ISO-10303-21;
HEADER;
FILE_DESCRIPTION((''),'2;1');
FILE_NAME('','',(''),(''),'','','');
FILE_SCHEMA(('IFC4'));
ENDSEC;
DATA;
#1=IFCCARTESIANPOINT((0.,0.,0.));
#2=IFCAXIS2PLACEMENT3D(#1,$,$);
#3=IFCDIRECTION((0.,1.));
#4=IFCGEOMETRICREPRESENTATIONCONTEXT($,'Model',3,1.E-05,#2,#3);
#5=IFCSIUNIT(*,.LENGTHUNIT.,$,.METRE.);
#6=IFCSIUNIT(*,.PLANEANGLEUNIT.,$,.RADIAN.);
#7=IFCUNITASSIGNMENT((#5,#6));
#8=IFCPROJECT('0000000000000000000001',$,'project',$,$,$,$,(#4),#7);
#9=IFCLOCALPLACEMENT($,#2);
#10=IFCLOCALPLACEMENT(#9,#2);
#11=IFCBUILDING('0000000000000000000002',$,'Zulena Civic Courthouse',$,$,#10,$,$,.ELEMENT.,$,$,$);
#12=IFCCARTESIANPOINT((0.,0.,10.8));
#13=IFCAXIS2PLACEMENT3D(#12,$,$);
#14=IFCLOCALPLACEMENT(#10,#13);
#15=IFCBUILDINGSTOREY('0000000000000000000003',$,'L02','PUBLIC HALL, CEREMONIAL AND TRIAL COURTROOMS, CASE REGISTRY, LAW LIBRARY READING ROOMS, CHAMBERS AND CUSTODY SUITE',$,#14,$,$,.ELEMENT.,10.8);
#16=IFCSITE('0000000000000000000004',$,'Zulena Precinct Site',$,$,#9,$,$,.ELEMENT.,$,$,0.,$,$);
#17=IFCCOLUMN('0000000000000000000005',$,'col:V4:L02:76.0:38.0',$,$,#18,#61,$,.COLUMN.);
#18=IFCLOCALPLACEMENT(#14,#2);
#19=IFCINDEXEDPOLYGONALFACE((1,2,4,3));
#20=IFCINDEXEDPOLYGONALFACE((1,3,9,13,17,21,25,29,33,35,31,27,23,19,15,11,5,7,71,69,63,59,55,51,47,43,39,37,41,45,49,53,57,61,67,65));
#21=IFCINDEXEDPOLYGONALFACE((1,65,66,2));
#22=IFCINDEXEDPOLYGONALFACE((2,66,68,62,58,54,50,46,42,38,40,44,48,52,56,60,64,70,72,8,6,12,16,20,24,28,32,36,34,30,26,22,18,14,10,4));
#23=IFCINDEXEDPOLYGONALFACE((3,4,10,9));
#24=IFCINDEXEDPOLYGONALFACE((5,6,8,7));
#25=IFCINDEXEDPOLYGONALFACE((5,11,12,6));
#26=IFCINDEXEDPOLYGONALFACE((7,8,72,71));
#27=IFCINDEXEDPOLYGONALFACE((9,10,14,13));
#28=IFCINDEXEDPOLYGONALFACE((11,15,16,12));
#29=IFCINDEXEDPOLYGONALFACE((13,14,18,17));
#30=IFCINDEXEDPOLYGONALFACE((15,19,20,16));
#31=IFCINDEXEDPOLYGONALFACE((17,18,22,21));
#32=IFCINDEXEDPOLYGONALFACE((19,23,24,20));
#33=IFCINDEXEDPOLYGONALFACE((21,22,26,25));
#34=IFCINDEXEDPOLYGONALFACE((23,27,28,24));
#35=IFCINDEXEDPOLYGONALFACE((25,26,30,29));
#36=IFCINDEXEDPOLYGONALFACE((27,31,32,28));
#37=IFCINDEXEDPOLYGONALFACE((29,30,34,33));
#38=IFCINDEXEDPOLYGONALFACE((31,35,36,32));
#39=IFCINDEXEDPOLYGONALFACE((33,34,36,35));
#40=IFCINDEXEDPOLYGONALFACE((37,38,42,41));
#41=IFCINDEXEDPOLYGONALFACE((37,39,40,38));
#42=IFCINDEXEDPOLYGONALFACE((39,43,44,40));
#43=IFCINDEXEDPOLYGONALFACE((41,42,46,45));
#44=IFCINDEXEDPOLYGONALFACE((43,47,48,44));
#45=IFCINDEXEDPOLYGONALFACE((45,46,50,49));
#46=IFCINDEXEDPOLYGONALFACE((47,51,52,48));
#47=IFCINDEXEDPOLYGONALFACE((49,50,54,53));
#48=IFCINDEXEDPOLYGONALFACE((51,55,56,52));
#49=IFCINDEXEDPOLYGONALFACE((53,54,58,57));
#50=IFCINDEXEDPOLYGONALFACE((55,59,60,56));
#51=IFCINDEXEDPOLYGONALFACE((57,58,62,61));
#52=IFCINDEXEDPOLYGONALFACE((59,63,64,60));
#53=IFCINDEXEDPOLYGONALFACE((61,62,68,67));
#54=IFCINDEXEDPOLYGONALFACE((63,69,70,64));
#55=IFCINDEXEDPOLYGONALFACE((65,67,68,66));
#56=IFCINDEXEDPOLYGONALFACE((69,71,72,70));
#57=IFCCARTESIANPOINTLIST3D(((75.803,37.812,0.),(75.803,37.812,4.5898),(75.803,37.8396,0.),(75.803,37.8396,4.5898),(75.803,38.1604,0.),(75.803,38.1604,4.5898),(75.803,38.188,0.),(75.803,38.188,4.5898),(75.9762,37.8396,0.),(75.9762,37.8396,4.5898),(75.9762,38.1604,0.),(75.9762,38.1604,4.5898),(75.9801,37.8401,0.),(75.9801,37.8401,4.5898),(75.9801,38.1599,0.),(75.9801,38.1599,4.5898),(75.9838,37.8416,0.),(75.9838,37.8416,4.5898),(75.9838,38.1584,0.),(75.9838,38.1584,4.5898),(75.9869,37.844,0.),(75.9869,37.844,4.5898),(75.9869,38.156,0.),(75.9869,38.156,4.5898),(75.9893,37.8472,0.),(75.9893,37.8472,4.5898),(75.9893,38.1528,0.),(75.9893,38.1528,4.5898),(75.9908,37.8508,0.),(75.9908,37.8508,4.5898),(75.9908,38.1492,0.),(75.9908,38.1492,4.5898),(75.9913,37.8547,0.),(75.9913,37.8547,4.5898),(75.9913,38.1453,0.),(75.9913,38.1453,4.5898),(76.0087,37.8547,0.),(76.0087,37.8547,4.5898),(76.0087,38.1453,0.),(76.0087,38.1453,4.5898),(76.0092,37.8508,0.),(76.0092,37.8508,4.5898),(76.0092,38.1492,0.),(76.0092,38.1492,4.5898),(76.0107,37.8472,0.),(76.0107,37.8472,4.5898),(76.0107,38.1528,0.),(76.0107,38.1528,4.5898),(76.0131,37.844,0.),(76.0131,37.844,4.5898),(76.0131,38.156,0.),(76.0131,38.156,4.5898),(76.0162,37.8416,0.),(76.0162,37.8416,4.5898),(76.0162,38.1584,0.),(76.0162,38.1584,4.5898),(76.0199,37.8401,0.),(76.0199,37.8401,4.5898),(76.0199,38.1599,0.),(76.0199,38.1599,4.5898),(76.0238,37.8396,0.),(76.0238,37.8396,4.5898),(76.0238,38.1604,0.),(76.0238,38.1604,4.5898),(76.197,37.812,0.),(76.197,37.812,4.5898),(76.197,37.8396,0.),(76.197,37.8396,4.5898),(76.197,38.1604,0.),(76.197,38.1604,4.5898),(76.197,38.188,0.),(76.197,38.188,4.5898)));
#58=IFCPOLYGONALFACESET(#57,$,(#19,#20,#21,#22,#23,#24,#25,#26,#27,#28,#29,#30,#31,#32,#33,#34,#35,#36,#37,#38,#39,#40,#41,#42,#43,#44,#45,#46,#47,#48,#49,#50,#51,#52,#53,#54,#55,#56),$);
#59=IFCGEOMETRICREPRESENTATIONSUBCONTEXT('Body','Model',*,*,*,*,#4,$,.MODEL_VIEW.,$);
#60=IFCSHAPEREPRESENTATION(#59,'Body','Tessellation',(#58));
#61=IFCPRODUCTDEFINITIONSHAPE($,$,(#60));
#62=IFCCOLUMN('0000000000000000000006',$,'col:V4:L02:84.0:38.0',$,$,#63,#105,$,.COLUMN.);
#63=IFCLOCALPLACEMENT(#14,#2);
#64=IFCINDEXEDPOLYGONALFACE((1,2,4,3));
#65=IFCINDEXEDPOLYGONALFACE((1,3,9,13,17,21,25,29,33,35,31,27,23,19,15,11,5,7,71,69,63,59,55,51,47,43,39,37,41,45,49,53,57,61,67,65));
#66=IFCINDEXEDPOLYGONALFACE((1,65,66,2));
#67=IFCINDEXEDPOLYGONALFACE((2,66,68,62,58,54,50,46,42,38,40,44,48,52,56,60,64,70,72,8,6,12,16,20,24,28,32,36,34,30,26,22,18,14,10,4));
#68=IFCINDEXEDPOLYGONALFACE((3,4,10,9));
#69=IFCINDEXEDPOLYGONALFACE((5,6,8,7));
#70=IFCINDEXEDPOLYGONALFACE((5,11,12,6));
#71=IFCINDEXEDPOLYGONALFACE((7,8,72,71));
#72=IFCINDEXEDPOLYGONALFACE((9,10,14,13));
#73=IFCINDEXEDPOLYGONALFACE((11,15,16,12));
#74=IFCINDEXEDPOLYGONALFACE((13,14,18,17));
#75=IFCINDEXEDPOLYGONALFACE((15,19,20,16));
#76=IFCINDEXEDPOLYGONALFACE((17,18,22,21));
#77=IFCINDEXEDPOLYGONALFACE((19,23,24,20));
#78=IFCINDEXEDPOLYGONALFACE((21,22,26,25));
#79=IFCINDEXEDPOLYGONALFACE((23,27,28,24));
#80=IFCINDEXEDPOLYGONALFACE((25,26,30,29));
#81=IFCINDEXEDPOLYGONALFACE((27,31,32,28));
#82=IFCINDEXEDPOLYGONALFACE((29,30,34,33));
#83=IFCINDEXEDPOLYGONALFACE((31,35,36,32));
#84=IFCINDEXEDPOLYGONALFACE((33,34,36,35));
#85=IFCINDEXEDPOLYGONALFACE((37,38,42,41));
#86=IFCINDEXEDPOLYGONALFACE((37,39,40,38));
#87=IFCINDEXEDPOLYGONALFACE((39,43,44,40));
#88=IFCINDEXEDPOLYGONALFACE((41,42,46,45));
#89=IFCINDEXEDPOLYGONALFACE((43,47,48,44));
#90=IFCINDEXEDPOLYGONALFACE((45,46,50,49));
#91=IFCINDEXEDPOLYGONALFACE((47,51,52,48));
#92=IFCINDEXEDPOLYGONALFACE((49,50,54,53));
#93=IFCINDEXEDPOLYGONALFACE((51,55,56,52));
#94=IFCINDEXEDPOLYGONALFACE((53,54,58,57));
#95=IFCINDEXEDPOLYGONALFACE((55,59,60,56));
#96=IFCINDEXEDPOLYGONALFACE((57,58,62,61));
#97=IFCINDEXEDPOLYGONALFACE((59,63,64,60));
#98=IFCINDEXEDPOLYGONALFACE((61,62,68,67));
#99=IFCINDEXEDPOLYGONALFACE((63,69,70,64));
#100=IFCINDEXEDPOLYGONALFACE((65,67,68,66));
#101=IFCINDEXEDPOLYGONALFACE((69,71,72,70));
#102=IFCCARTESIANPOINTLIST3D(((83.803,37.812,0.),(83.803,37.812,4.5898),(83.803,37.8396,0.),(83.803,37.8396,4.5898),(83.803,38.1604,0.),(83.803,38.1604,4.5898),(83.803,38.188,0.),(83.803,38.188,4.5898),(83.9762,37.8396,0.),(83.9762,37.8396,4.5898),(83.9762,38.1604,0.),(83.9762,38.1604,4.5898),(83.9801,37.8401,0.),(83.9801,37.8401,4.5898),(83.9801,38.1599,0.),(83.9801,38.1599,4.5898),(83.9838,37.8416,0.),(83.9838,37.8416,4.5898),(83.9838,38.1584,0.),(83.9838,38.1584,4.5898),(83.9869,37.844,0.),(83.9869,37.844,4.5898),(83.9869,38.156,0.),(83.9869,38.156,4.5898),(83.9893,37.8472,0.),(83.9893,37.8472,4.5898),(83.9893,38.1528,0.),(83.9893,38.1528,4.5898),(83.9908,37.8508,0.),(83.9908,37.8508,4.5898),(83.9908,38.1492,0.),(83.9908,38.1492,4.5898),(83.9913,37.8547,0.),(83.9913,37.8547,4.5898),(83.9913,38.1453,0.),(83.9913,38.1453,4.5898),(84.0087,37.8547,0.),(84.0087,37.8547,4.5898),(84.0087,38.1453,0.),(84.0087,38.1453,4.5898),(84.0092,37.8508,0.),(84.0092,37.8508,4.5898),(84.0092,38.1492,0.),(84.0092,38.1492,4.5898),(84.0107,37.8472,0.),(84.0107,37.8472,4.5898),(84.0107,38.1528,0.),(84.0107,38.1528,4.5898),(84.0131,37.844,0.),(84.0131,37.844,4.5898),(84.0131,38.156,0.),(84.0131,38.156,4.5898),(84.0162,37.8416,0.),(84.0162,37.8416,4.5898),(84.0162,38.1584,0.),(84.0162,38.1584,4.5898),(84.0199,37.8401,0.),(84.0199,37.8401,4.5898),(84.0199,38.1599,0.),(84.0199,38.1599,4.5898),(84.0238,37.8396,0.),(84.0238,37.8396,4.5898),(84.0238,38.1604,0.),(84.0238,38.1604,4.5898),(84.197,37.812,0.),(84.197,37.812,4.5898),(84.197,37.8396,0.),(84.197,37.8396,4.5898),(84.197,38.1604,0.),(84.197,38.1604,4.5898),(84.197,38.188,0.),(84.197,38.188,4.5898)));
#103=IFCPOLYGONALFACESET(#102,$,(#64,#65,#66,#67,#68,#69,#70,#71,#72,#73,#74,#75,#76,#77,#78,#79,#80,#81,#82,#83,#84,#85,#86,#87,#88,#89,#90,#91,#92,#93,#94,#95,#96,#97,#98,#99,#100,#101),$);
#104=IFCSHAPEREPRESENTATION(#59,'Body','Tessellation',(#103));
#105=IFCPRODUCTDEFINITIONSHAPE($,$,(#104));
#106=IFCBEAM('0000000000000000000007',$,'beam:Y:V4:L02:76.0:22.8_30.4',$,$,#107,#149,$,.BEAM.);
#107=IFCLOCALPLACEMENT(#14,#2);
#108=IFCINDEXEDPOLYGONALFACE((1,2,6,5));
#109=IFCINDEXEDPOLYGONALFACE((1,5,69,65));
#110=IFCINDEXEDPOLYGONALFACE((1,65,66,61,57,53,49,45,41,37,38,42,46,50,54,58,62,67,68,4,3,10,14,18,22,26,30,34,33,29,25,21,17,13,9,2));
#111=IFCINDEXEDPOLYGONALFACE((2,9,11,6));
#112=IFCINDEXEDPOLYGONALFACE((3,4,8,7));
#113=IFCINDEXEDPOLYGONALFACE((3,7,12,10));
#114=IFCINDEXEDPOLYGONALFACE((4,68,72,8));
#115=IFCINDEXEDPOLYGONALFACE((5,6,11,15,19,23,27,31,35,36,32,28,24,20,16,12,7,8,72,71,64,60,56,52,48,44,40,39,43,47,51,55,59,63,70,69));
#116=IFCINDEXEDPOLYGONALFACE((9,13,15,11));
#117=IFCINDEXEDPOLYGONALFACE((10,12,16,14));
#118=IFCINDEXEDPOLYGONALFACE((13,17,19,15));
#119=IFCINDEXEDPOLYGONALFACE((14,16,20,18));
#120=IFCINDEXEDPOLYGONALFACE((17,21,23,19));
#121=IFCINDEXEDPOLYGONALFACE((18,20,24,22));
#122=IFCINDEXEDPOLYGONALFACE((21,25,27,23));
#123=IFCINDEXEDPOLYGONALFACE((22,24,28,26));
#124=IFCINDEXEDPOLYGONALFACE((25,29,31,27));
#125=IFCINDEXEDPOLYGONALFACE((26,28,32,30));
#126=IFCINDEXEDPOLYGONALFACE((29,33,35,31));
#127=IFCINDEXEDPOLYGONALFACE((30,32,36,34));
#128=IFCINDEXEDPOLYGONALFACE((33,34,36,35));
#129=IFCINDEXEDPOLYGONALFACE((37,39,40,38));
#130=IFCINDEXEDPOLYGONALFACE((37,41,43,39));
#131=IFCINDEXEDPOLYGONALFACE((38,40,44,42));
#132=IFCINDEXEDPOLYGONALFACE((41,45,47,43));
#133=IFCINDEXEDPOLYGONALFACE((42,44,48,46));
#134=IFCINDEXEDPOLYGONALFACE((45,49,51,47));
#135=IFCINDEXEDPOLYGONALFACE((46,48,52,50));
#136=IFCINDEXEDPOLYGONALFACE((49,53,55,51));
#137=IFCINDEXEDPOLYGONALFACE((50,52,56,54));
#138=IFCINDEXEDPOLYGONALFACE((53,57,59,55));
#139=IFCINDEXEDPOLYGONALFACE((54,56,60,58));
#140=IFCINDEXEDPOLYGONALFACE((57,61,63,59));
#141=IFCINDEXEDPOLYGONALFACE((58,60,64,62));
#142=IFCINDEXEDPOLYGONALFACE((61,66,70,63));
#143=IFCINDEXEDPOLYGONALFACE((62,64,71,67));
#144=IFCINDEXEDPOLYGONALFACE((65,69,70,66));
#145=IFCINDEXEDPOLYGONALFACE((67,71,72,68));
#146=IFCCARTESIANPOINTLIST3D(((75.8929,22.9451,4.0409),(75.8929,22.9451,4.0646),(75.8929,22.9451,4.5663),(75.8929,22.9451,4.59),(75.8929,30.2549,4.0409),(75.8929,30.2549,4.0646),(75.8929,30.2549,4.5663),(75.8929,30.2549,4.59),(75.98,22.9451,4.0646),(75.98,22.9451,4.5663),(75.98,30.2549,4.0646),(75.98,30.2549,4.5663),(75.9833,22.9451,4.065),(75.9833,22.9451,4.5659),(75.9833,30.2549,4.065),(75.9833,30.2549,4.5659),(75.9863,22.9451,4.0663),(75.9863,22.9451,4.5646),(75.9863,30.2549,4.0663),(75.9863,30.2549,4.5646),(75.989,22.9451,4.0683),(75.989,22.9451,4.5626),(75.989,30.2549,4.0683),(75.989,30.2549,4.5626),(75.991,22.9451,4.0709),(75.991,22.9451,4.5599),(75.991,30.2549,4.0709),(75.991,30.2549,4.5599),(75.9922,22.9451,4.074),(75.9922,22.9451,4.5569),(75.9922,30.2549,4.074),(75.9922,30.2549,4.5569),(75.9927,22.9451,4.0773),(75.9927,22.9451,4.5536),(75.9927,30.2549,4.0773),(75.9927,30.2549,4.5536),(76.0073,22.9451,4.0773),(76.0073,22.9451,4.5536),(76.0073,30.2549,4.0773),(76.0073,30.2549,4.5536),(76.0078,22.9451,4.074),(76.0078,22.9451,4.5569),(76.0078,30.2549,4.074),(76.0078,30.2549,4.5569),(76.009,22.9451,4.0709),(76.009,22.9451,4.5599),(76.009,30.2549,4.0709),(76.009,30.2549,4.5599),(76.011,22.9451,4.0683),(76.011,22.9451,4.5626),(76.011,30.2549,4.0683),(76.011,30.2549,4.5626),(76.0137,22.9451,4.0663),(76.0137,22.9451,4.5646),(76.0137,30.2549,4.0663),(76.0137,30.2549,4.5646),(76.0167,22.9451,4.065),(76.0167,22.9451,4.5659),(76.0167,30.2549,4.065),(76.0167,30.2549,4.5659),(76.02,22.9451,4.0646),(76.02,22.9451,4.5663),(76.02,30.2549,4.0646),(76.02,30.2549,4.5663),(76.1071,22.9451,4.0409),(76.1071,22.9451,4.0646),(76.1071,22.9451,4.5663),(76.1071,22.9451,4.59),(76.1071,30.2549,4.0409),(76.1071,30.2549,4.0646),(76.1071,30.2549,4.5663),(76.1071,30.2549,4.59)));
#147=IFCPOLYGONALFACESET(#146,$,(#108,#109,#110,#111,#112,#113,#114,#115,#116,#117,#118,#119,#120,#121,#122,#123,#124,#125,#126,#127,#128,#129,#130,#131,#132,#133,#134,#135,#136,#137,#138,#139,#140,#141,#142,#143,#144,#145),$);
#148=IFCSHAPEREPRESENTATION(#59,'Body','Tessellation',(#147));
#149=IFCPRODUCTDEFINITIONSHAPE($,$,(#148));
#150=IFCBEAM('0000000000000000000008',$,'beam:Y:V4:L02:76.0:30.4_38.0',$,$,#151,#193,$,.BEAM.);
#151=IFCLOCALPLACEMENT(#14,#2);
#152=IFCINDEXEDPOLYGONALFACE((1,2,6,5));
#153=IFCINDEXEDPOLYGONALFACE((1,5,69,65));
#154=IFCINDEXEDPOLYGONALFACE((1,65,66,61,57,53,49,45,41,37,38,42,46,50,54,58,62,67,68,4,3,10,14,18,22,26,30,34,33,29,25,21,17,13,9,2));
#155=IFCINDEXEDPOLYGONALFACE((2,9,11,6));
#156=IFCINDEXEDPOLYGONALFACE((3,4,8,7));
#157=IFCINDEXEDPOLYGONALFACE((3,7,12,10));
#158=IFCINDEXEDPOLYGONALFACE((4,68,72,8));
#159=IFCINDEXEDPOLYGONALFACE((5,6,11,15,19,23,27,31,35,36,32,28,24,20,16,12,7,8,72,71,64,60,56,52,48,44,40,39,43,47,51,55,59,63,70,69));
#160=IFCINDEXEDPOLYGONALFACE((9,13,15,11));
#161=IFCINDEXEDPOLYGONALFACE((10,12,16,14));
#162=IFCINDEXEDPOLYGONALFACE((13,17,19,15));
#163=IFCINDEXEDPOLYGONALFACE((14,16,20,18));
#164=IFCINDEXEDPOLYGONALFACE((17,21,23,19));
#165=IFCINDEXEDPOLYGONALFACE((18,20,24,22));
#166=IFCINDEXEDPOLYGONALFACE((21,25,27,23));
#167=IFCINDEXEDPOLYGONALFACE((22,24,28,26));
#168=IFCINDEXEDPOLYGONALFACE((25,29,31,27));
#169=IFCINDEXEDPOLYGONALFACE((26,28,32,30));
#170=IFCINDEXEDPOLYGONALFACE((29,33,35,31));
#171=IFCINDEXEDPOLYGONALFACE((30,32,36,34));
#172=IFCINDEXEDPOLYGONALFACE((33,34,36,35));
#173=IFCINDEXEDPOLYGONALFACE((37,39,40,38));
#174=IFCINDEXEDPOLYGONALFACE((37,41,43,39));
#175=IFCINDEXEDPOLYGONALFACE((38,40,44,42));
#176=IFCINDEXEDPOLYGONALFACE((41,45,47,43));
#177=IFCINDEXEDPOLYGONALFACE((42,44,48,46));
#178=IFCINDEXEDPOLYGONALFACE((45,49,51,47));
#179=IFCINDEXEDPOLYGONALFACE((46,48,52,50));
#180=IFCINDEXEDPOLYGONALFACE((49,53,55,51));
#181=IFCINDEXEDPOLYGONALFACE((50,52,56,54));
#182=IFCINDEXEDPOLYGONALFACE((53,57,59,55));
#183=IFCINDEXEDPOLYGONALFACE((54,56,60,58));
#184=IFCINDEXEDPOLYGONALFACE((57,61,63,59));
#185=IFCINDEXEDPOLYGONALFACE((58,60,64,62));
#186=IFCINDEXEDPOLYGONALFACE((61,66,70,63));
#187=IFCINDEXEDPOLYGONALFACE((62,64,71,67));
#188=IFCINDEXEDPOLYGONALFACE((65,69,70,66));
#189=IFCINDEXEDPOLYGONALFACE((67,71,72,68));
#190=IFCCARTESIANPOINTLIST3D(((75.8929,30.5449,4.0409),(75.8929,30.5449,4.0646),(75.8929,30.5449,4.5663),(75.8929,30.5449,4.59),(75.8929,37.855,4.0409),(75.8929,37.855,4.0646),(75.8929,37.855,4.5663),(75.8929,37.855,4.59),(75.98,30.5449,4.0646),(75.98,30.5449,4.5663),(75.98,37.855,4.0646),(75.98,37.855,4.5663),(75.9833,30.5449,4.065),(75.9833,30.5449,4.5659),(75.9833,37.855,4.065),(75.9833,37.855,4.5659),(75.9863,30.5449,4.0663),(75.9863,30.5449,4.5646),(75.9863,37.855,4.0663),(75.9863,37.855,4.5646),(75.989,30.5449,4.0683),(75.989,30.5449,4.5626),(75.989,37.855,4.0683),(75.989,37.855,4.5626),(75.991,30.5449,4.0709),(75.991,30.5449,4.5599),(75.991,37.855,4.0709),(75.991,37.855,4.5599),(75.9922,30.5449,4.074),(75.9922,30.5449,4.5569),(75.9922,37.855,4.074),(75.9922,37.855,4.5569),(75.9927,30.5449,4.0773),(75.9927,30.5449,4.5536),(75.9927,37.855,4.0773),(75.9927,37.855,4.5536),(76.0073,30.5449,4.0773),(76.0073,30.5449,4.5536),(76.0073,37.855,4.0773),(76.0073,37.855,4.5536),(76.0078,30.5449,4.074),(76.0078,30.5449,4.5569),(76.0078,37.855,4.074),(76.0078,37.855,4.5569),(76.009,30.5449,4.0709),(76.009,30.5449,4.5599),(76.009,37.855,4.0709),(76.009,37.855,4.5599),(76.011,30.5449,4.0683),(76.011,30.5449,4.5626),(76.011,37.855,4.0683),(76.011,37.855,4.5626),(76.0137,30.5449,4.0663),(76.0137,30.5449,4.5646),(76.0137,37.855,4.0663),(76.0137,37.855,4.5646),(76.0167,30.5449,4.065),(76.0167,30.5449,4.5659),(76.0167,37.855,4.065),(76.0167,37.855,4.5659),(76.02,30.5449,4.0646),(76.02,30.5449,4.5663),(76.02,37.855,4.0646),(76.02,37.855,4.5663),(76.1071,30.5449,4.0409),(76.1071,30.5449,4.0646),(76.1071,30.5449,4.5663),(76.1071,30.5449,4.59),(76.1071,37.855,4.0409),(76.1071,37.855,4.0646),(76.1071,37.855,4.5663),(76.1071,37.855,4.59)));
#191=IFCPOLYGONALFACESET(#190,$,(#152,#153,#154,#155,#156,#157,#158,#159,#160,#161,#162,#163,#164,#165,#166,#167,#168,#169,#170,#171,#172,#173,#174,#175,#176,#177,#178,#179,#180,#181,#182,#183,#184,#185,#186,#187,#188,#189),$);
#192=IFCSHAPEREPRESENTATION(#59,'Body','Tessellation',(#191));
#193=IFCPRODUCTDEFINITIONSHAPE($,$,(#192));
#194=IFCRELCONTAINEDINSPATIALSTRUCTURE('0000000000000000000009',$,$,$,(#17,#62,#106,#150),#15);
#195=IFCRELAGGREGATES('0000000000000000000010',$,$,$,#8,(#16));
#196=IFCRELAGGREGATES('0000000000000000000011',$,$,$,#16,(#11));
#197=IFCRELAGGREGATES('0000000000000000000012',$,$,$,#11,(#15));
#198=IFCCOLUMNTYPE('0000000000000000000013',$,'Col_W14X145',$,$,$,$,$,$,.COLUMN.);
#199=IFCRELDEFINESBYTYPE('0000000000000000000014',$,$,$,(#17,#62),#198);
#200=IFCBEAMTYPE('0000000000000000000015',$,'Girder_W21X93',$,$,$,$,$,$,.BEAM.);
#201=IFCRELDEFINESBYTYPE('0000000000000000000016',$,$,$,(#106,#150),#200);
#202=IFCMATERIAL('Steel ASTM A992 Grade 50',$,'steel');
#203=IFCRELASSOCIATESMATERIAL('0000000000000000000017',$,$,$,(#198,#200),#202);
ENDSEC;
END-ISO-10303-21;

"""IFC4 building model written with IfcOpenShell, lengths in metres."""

from ifc_helpers import new_model, si_unit, direction, frame, origin, origin_2d, place, context, subcontext, project, spatial, i_section, extrude, material, material_profile, profile_set, type_object, element, save


model = new_model("IFC4")

# Units and contexts
model_context = context("Model", 3, precision=1e-05, world=origin(), true_north=direction((0.0, 1.0)))
body_context = subcontext(model_context, "Body", "Model", "MODEL_VIEW")
ifc_project = project(units=[si_unit("LENGTHUNIT", "METRE"), si_unit("PLANEANGLEUNIT", "RADIAN")], contexts=[model_context])

# Site, building, storey
site_placement = place(None, origin())
site = spatial("IfcSite", under=ifc_project, at=site_placement, Name="Zulena Precinct Site", CompositionType="ELEMENT", RefElevation=0.0)
building_placement = place(site_placement, origin())
building = spatial("IfcBuilding", under=site, at=building_placement, Name="Zulena Civic Courthouse", CompositionType="ELEMENT")
storey_placement = place(building_placement, frame((0.0, 0.0, 10.8)))
storey = spatial("IfcBuildingStorey", under=building, at=storey_placement, Name="L02", Description="PUBLIC HALL, CEREMONIAL AND TRIAL COURTROOMS, CASE REGISTRY, LAW LIBRARY READING ROOMS, CHAMBERS AND CUSTODY SUITE", CompositionType="ELEMENT", Elevation=10.8)

# Columns
ifc_material_1 = material(Name="Steel ASTM A992 Grade 50", Category="steel")
ifc_material_profile_1 = material_profile(ifc_material_1, i_section(OverallWidth=0.394, OverallDepth=0.376, WebThickness=0.0173, FlangeThickness=0.0276, FilletRadius=0.0151, at=origin_2d()), Name="W14X145")
ifc_profile_set_1 = profile_set([ifc_material_profile_1], Name="Steel ASTM A992 Grade 50")
column_type_1 = type_object("IfcColumnType", Name="Col_W14X145", PredefinedType="COLUMN", material=ifc_profile_set_1)
for number, where, z_axis, x_axis, name in (
    (1, (76.0, 38.0, 0.0), (0.0, 0.0, 1.0), (1.0, 0.0, 0.0), "col:V4:L02:76.0:38.0"),
    (2, (84.0, 38.0, 0.0), (0.0, 0.0, 1.0), (1.0, 0.0, 0.0), "col:V4:L02:84.0:38.0"),
):
    element("IfcColumn", number, at=place(storey_placement, frame(where, z_axis=z_axis, x_axis=x_axis)), inside=storey, type_object=column_type_1, Name=name, PredefinedType="COLUMN", context=body_context, shape_type="SweptSolid", body=[
        extrude(i_section(OverallWidth=0.394, OverallDepth=0.376, WebThickness=0.0173, FlangeThickness=0.0276, FilletRadius=0.0151, at=origin_2d()), origin(), (0.0, 0.0, 1.0), 4.5898),
    ])

# Beams
ifc_material_profile_2 = material_profile(ifc_material_1, i_section(OverallWidth=0.2141, OverallDepth=0.5491, WebThickness=0.0146, FlangeThickness=0.0237, FilletRadius=0.0127, at=origin_2d()), Name="W21X93")
ifc_profile_set_2 = profile_set([ifc_material_profile_2], Name="Steel ASTM A992 Grade 50")
beam_type_1 = type_object("IfcBeamType", Name="Girder_W21X93", PredefinedType="BEAM", material=ifc_profile_set_2)
beam_1_placement = place(storey_placement, frame((76.0, 22.9451, 4.3154), z_axis=(0.0, 1.0, 0.0), x_axis=(-1.0, 0.0, 0.0)))
element("IfcBeam", 3, at=beam_1_placement, inside=storey, type_object=beam_type_1, Name="beam:Y:V4:L02:76.0:22.8_30.4", PredefinedType="BEAM", context=body_context, shape_type="SweptSolid", body=[
    extrude(i_section(OverallWidth=0.2141, OverallDepth=0.5491, WebThickness=0.0146, FlangeThickness=0.0237, FilletRadius=0.0127, at=origin_2d()), origin(), (0.0, 0.0, 1.0), 7.3098),
])
beam_2_placement = place(storey_placement, frame((76.0, 30.5449, 4.3154), z_axis=(0.0, 1.0, 0.0), x_axis=(-1.0, 0.0, 0.0)))
element("IfcBeam", 4, at=beam_2_placement, inside=storey, type_object=beam_type_1, Name="beam:Y:V4:L02:76.0:30.4_38.0", PredefinedType="BEAM", context=body_context, shape_type="SweptSolid", body=[
    extrude(i_section(OverallWidth=0.2141, OverallDepth=0.5491, WebThickness=0.0146, FlangeThickness=0.0237, FilletRadius=0.0127, at=origin_2d()), origin(), (0.0, 0.0, 1.0), 7.3101),
])

save(model, "model.ifc")
